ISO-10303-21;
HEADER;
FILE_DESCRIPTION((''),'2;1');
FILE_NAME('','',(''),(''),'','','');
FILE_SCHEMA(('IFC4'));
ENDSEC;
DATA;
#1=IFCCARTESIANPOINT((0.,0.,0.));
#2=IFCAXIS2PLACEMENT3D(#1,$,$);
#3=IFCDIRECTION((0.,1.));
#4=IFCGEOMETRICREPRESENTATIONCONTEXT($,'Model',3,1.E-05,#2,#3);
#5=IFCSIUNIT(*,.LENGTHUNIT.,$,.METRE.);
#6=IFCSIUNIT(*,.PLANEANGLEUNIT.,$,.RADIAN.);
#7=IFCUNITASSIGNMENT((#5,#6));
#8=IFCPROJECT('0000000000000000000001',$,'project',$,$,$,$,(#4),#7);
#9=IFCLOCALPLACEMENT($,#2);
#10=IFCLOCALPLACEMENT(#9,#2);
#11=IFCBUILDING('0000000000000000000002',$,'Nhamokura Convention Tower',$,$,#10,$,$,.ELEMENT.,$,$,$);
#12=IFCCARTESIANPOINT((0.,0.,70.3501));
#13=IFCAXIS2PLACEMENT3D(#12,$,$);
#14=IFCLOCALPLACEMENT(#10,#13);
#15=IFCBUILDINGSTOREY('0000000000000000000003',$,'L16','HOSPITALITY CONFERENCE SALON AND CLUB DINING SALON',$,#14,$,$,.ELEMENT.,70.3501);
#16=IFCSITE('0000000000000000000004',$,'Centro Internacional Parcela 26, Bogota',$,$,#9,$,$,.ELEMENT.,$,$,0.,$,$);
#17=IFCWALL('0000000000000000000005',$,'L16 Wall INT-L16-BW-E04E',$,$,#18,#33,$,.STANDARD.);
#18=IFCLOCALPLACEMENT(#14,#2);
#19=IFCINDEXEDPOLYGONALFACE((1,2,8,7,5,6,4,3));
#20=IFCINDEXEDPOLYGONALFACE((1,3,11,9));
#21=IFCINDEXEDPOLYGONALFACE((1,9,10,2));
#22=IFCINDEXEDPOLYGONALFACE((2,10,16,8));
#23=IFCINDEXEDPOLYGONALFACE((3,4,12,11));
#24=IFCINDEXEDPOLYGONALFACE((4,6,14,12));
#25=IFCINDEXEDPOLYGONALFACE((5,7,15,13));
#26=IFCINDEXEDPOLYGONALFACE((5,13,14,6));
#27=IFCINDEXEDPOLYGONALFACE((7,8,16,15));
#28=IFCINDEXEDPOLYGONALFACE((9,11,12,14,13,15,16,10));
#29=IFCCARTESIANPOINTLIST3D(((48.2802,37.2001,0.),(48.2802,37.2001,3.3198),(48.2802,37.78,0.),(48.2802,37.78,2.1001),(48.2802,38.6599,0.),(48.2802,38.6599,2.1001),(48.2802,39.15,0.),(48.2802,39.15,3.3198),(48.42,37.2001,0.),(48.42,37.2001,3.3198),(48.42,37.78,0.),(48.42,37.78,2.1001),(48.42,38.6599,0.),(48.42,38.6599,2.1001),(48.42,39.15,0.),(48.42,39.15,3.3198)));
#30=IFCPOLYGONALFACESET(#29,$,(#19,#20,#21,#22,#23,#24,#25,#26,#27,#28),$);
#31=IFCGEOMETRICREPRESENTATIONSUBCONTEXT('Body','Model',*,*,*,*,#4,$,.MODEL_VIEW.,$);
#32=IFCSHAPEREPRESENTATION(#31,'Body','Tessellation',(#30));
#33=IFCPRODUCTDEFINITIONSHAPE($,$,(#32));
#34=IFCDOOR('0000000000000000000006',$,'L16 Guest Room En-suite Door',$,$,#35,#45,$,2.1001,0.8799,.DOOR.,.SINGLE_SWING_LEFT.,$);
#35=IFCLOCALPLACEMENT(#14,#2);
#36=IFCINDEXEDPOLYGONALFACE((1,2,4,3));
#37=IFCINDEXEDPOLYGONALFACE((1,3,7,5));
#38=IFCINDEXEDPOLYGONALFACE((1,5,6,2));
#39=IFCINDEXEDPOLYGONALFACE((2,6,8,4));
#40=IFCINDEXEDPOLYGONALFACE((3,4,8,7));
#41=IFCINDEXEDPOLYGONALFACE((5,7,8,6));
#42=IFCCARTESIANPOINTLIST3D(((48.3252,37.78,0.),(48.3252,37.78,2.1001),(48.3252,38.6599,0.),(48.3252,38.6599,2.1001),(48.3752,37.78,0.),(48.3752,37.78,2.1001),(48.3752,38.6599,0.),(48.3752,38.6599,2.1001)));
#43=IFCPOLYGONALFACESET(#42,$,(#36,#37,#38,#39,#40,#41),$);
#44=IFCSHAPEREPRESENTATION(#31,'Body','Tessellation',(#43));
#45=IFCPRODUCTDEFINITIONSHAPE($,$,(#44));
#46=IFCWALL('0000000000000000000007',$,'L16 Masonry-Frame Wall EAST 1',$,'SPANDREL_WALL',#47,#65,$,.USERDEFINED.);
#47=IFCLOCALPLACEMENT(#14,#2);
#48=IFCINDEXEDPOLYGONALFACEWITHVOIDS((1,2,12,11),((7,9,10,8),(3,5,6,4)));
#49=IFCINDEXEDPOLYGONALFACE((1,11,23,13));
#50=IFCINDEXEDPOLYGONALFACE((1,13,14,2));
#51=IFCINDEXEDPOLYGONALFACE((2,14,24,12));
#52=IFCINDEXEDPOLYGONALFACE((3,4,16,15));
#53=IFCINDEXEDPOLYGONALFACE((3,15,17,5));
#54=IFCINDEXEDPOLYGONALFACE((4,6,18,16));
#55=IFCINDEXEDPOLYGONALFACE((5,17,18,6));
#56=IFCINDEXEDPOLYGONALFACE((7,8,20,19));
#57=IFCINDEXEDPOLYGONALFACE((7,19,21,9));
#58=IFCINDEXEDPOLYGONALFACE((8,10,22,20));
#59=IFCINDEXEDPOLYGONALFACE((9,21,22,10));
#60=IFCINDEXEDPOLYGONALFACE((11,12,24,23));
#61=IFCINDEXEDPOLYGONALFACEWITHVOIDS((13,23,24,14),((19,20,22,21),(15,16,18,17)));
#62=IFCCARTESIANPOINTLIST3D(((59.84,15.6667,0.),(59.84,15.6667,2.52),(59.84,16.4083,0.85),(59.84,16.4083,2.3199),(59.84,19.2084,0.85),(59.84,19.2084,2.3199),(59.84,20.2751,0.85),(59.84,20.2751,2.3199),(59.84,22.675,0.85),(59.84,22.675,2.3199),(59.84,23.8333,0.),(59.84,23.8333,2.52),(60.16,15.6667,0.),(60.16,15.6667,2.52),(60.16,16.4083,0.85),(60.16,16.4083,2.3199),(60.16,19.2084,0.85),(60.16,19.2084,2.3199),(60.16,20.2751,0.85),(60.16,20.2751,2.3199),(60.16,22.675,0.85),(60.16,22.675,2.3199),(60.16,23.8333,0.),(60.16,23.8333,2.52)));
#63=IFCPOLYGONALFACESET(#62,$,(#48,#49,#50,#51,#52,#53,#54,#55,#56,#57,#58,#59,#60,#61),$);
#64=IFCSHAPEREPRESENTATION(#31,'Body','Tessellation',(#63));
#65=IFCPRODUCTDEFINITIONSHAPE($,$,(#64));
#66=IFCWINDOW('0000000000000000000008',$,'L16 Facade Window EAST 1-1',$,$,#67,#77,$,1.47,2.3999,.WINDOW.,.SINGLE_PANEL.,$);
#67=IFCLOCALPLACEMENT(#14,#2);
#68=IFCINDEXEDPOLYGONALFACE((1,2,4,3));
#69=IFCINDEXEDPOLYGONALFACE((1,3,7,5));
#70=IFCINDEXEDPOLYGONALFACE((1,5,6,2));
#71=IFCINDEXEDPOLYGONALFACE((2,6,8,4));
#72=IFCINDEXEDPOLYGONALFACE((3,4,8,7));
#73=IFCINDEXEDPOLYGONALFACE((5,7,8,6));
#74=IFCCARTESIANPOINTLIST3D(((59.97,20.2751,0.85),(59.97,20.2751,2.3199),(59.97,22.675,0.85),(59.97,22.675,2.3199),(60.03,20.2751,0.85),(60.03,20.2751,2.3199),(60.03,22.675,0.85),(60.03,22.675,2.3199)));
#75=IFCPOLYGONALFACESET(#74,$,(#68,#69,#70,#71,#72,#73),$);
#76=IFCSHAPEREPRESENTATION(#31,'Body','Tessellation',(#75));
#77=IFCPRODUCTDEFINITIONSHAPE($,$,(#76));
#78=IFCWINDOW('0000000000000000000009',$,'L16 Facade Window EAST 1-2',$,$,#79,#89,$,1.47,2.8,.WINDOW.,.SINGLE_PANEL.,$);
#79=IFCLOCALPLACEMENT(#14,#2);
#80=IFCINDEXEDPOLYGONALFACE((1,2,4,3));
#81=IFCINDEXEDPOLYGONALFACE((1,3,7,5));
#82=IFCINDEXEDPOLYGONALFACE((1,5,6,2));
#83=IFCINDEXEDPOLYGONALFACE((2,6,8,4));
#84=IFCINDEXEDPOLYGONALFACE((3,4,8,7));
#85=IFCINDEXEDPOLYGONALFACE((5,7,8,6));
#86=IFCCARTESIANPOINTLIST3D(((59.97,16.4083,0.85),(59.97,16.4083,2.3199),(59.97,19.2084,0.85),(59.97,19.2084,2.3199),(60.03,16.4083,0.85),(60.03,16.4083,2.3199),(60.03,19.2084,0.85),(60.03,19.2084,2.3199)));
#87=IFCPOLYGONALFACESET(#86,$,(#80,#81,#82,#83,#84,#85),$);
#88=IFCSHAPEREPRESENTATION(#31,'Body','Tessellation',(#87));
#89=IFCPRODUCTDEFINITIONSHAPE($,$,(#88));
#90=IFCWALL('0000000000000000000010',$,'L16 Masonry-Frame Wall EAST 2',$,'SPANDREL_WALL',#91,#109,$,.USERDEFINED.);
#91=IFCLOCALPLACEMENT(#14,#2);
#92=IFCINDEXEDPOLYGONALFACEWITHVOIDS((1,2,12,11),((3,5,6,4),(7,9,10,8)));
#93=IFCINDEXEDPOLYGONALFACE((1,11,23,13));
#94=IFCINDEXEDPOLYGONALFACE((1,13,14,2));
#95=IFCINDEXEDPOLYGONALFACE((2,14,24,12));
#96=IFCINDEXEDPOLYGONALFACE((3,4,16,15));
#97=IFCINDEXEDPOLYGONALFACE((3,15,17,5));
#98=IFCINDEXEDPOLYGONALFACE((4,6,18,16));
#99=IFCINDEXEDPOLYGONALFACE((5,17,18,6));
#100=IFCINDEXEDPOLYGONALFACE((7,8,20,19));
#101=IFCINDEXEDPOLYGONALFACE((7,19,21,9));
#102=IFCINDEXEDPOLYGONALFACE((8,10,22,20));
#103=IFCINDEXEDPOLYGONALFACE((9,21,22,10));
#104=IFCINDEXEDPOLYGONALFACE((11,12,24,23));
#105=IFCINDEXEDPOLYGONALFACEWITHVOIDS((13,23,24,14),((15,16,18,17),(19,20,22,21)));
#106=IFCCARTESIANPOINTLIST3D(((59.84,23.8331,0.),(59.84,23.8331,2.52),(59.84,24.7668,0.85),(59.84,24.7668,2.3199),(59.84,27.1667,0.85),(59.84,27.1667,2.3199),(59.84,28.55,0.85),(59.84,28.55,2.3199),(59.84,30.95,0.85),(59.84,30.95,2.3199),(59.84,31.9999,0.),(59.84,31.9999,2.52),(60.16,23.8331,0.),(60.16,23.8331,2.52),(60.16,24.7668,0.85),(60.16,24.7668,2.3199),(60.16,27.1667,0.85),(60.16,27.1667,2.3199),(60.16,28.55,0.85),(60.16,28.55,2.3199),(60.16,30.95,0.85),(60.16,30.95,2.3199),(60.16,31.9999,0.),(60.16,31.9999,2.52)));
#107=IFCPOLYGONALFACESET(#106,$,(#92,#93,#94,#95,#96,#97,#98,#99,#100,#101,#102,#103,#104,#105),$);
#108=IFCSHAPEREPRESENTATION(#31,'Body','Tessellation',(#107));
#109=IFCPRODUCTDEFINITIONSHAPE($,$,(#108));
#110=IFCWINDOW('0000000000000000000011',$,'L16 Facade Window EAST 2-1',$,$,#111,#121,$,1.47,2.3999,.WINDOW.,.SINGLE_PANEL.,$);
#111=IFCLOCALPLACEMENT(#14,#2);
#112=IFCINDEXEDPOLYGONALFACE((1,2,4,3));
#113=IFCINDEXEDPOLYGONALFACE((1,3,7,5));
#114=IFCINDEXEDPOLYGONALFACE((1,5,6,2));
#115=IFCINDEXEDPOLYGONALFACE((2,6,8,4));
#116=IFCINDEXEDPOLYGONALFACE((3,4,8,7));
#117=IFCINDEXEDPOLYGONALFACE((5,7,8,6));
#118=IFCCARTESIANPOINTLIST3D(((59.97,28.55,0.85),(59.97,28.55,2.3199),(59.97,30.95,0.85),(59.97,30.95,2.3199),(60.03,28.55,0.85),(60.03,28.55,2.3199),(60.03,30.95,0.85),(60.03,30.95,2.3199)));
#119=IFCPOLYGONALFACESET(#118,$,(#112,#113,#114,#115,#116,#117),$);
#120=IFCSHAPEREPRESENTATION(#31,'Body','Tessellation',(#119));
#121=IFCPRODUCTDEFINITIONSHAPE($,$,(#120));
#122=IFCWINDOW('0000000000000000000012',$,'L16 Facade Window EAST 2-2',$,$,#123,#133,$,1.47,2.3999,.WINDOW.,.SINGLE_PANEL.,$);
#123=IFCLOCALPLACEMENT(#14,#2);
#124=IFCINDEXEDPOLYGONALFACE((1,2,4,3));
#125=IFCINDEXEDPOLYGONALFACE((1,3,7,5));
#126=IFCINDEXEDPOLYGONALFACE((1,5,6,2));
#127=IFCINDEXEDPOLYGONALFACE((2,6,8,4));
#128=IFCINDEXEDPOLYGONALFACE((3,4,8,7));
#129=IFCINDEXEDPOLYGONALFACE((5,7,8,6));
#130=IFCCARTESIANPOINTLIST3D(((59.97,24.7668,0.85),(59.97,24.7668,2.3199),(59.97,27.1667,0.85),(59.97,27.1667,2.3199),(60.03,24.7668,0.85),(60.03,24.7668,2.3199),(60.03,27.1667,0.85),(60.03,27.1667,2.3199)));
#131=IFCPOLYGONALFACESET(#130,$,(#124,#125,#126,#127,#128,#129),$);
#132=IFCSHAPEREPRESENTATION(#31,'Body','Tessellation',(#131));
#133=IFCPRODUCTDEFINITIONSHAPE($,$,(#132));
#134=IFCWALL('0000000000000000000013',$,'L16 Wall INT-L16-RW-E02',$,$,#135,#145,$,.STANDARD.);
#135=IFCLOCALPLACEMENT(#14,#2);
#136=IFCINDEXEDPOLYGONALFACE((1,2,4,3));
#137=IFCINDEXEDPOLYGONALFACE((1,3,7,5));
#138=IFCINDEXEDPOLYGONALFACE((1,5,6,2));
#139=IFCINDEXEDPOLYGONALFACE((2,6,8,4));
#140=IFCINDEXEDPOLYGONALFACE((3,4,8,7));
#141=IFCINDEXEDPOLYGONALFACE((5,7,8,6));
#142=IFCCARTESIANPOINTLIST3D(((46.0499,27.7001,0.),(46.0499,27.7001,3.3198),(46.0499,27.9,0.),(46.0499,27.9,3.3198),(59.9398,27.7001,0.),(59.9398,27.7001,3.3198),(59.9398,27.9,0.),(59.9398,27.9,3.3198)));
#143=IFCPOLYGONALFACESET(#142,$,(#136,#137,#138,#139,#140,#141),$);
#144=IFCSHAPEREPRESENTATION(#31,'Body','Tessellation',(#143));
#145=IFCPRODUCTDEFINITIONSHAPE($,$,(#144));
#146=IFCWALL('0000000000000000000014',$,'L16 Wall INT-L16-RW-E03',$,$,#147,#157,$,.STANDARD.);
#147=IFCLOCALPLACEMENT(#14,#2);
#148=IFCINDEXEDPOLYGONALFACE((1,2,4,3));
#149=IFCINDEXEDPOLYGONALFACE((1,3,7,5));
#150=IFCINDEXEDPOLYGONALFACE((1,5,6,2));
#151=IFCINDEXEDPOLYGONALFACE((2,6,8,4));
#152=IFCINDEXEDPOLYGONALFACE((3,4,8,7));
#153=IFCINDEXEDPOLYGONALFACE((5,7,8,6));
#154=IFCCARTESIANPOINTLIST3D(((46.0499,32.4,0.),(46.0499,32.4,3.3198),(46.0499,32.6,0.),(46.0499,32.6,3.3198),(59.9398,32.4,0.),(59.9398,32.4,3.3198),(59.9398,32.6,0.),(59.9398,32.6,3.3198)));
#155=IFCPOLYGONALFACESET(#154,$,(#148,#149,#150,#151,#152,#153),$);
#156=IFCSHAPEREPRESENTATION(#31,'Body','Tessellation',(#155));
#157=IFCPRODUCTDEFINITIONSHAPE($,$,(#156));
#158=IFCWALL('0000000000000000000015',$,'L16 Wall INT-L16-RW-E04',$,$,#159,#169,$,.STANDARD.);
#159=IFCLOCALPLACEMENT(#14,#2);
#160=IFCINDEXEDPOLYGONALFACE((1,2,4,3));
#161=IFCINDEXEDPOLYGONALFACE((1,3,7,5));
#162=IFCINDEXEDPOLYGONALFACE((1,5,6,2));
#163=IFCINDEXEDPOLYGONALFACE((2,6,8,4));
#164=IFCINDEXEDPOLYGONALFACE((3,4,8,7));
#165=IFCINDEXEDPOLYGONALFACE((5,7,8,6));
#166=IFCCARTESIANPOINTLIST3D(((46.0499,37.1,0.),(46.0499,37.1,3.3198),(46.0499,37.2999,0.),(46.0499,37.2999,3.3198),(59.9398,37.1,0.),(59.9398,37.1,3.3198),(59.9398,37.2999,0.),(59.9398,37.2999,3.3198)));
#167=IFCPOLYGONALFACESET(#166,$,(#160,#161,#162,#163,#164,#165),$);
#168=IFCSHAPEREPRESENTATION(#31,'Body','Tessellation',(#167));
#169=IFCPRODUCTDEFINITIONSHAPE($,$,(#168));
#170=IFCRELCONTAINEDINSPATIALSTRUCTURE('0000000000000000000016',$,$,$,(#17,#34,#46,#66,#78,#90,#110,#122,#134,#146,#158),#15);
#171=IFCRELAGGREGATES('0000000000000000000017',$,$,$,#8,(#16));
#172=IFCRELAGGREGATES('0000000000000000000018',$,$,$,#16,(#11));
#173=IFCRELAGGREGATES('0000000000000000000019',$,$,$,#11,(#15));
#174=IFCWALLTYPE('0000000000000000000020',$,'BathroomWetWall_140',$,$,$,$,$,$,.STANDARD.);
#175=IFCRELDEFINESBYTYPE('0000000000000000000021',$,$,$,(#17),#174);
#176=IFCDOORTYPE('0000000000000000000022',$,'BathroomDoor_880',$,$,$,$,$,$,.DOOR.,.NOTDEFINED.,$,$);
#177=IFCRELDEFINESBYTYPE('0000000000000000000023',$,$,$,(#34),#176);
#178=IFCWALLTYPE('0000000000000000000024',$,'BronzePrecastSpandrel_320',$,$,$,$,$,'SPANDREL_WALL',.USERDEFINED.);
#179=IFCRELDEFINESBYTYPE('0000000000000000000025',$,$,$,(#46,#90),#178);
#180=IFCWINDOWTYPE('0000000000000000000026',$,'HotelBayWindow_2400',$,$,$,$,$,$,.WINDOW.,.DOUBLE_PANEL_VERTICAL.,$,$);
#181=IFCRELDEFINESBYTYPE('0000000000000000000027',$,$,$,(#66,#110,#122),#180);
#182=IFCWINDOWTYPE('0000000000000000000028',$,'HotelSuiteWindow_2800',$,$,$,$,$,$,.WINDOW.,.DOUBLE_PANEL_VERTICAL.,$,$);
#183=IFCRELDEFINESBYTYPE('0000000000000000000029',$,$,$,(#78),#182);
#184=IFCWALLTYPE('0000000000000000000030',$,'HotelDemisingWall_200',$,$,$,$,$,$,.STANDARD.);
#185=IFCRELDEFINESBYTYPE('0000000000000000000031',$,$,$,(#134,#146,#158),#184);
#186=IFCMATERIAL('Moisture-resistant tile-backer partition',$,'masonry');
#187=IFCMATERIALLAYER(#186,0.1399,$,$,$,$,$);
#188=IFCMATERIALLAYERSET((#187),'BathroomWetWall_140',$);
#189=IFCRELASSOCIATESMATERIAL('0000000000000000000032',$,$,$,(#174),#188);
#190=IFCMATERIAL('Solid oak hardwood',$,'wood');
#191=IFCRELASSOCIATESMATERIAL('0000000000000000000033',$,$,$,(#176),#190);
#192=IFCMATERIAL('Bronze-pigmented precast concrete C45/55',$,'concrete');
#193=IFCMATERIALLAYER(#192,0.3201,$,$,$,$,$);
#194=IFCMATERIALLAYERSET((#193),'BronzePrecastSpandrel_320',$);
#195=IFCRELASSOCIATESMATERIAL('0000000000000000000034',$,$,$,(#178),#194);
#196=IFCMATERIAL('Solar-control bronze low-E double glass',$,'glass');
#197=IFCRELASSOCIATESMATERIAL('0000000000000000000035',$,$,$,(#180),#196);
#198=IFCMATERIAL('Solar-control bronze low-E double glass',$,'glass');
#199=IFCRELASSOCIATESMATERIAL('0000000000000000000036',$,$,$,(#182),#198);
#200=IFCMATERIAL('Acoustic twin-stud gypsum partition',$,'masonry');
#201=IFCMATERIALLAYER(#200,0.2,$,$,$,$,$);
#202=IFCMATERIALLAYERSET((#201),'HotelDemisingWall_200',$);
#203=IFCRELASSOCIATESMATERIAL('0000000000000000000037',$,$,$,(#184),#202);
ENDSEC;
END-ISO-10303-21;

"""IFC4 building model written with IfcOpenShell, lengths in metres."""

from ifc_helpers import new_model, si_unit, direction, frame, frame_2d, origin, place, context, subcontext, project, spatial, rectangle, extrude, material, layer, layer_set, type_object, element, fill, save


model = new_model("IFC4")

# Units and contexts
model_context = context("Model", 3, precision=1e-05, world=origin(), true_north=direction((0.0, 1.0)))
body_context = subcontext(model_context, "Body", "Model", "MODEL_VIEW")
ifc_project = project(units=[si_unit("LENGTHUNIT", "METRE"), si_unit("PLANEANGLEUNIT", "RADIAN")], contexts=[model_context])

# Site, building, storey
site_placement = place(None, origin())
site = spatial("IfcSite", under=ifc_project, at=site_placement, Name="Centro Internacional Parcela 26, Bogota", CompositionType="ELEMENT", RefElevation=0.0)
building_placement = place(site_placement, origin())
building = spatial("IfcBuilding", under=site, at=building_placement, Name="Nhamokura Convention Tower", CompositionType="ELEMENT")
storey_placement = place(building_placement, frame((0.0, 0.0, 70.3501)))
storey = spatial("IfcBuildingStorey", under=building, at=storey_placement, Name="L16", Description="HOSPITALITY CONFERENCE SALON AND CLUB DINING SALON", CompositionType="ELEMENT", Elevation=70.3501)

# Shared definitions
ifc_material_1 = material(Name="Moisture-resistant tile-backer partition", Category="masonry")
ifc_layer_1 = layer(ifc_material_1, 0.1399)
ifc_layer_set_1 = layer_set([ifc_layer_1], Name="BathroomWetWall_140")
wall_type_1 = type_object("IfcWallType", Name="BathroomWetWall_140", PredefinedType="STANDARD", material=ifc_layer_set_1)

# Wall, opening, door
ifc_material_2 = material(Name="Solid oak hardwood", Category="wood")
door_type_1 = type_object("IfcDoorType", Name="BathroomDoor_880", OperationType="NOTDEFINED", PredefinedType="DOOR", material=ifc_material_2)
wall_1_placement = place(storey_placement, frame((48.3501, 37.2, 0.0), z_axis=(0.0, 0.0, 1.0), x_axis=(0.0, 1.0, 0.0)))
wall_1 = element("IfcWall", 1, at=wall_1_placement, inside=storey, type_object=wall_type_1, Name="L16 Wall INT-L16-BW-E04E", PredefinedType="STANDARD", context=body_context, shape_type="SweptSolid", body=[
    extrude(rectangle(XDim=1.95, YDim=0.1399, at=frame_2d((0.9751, 0.0))), origin(), (0.0, 0.0, 1.0), 3.3198),
])
opening_1_placement = place(wall_1_placement, frame((0.5801, 0.0, 0.0)))
opening_1 = element("IfcOpeningElement", 2, at=opening_1_placement, cuts=wall_1, PredefinedType="OPENING", context=body_context, shape_type="SweptSolid", body=[
    extrude(rectangle(XDim=0.8799, YDim=2.1001, at=frame_2d((0.4399, 1.05))), frame((0.0, 0.0798, 0.0), z_axis=(0.0, -1.0, 0.0), x_axis=(1.0, 0.0, 0.0)), (0.0, 0.0, 1.0), 0.1599),
])
door_1_placement = place(opening_1_placement, origin())
door_1 = element("IfcDoor", 3, at=door_1_placement, inside=storey, type_object=door_type_1, Name="L16 Guest Room En-suite Door", OperationType="SINGLE_SWING_LEFT", OverallHeight=2.1001, OverallWidth=0.8799, PredefinedType="DOOR", context=body_context, shape_type="SweptSolid", body=[
    extrude(rectangle(XDim=0.8799, YDim=2.1001, at=frame_2d((0.4399, 1.05))), frame((0.0, 0.0249, 0.0), z_axis=(0.0, -1.0, 0.0), x_axis=(1.0, 0.0, 0.0)), (0.0, 0.0, 1.0), 0.05),
])
fill(opening_1, door_1)

# Walls, openings, windows
ifc_material_3 = material(Name="Bronze-pigmented precast concrete C45/55", Category="concrete")
ifc_layer_2 = layer(ifc_material_3, 0.3201)
ifc_layer_set_2 = layer_set([ifc_layer_2], Name="BronzePrecastSpandrel_320")
wall_type_2 = type_object("IfcWallType", Name="BronzePrecastSpandrel_320", ElementType="SPANDREL_WALL", PredefinedType="USERDEFINED", material=ifc_layer_set_2)
wall_2_placement = place(storey_placement, frame((60.0, 23.8333, 0.0), z_axis=(0.0, 0.0, 1.0), x_axis=(0.0, -1.0, 0.0)))
wall_2 = element("IfcWall", 4, at=wall_2_placement, inside=storey, type_object=wall_type_2, Name="L16 Masonry-Frame Wall EAST 1", ObjectType="SPANDREL_WALL", PredefinedType="USERDEFINED", context=body_context, shape_type="SweptSolid", body=[
    extrude(rectangle(XDim=8.1665, YDim=0.3201, at=frame_2d((4.0833, 0.0))), origin(), (0.0, 0.0, 1.0), 2.52),
])
opening_2_placement = place(wall_2_placement, frame((1.1582, 0.0, 0.8501)))
opening_2 = element("IfcOpeningElement", 5, at=opening_2_placement, cuts=wall_2, PredefinedType="OPENING", context=body_context, shape_type="SweptSolid", body=[
    extrude(rectangle(XDim=2.3999, YDim=1.47, at=frame_2d((1.2, 0.7349))), frame((0.0, 0.1699, 0.0), z_axis=(0.0, -1.0, 0.0), x_axis=(1.0, 0.0, 0.0)), (0.0, 0.0, 1.0), 0.3401),
])
opening_3_placement = place(wall_2_placement, frame((4.625, 0.0, 0.8501)))
opening_3 = element("IfcOpeningElement", 6, at=opening_3_placement, cuts=wall_2, PredefinedType="OPENING", context=body_context, shape_type="SweptSolid", body=[
    extrude(rectangle(XDim=2.8, YDim=1.47, at=frame_2d((1.3999, 0.7349))), frame((0.0, 0.1699, 0.0), z_axis=(0.0, -1.0, 0.0), x_axis=(1.0, 0.0, 0.0)), (0.0, 0.0, 1.0), 0.3401),
])
ifc_material_4 = material(Name="Solar-control bronze low-E double glass", Category="glass")
window_type_1 = type_object("IfcWindowType", Name="HotelBayWindow_2400", PartitioningType="DOUBLE_PANEL_VERTICAL", PredefinedType="WINDOW", material=ifc_material_4)
window_1_placement = place(opening_2_placement, origin())
window_1 = element("IfcWindow", 7, at=window_1_placement, inside=storey, type_object=window_type_1, Name="L16 Facade Window EAST 1-1", OverallHeight=1.47, OverallWidth=2.3999, PartitioningType="SINGLE_PANEL", PredefinedType="WINDOW", context=body_context, shape_type="SweptSolid", body=[
    extrude(rectangle(XDim=2.3999, YDim=1.47, at=frame_2d((1.2, 0.7349))), frame((0.0, 0.03, 0.0), z_axis=(0.0, -1.0, 0.0), x_axis=(1.0, 0.0, 0.0)), (0.0, 0.0, 1.0), 0.0601),
])
fill(opening_2, window_1)
ifc_material_5 = material(Name="Solar-control bronze low-E double glass", Category="glass")
window_type_2 = type_object("IfcWindowType", Name="HotelSuiteWindow_2800", PartitioningType="DOUBLE_PANEL_VERTICAL", PredefinedType="WINDOW", material=ifc_material_5)
window_2_placement = place(opening_3_placement, origin())
window_2 = element("IfcWindow", 8, at=window_2_placement, inside=storey, type_object=window_type_2, Name="L16 Facade Window EAST 1-2", OverallHeight=1.47, OverallWidth=2.8, PartitioningType="SINGLE_PANEL", PredefinedType="WINDOW", context=body_context, shape_type="SweptSolid", body=[
    extrude(rectangle(XDim=2.8, YDim=1.47, at=frame_2d((1.3999, 0.7349))), frame((0.0, 0.03, 0.0), z_axis=(0.0, -1.0, 0.0), x_axis=(1.0, 0.0, 0.0)), (0.0, 0.0, 1.0), 0.0601),
])
fill(opening_3, window_2)
wall_3_placement = place(storey_placement, frame((60.0, 32.0, 0.0), z_axis=(0.0, 0.0, 1.0), x_axis=(0.0, -1.0, 0.0)))
wall_3 = element("IfcWall", 9, at=wall_3_placement, inside=storey, type_object=wall_type_2, Name="L16 Masonry-Frame Wall EAST 2", ObjectType="SPANDREL_WALL", PredefinedType="USERDEFINED", context=body_context, shape_type="SweptSolid", body=[
    extrude(rectangle(XDim=8.1667, YDim=0.3201, at=frame_2d((4.0835, 0.0))), origin(), (0.0, 0.0, 1.0), 2.52),
])
opening_4_placement = place(wall_3_placement, frame((1.05, 0.0, 0.8501)))
opening_4 = element("IfcOpeningElement", 10, at=opening_4_placement, cuts=wall_3, PredefinedType="OPENING", context=body_context, shape_type="SweptSolid", body=[
    extrude(rectangle(XDim=2.3999, YDim=1.47, at=frame_2d((1.2, 0.7349))), frame((0.0, 0.1699, 0.0), z_axis=(0.0, -1.0, 0.0), x_axis=(1.0, 0.0, 0.0)), (0.0, 0.0, 1.0), 0.3401),
])
opening_5_placement = place(wall_3_placement, frame((4.8333, 0.0, 0.8501)))
opening_5 = element("IfcOpeningElement", 11, at=opening_5_placement, cuts=wall_3, PredefinedType="OPENING", context=body_context, shape_type="SweptSolid", body=[
    extrude(rectangle(XDim=2.3999, YDim=1.47, at=frame_2d((1.2, 0.7349))), frame((0.0, 0.1699, 0.0), z_axis=(0.0, -1.0, 0.0), x_axis=(1.0, 0.0, 0.0)), (0.0, 0.0, 1.0), 0.3401),
])
window_3_placement = place(opening_4_placement, origin())
window_3 = element("IfcWindow", 12, at=window_3_placement, inside=storey, type_object=window_type_1, Name="L16 Facade Window EAST 2-1", OverallHeight=1.47, OverallWidth=2.3999, PartitioningType="SINGLE_PANEL", PredefinedType="WINDOW", context=body_context, shape_type="SweptSolid", body=[
    extrude(rectangle(XDim=2.3999, YDim=1.47, at=frame_2d((1.2, 0.7349))), frame((0.0, 0.03, 0.0), z_axis=(0.0, -1.0, 0.0), x_axis=(1.0, 0.0, 0.0)), (0.0, 0.0, 1.0), 0.0601),
])
fill(opening_4, window_3)
window_4_placement = place(opening_5_placement, origin())
window_4 = element("IfcWindow", 13, at=window_4_placement, inside=storey, type_object=window_type_1, Name="L16 Facade Window EAST 2-2", OverallHeight=1.47, OverallWidth=2.3999, PartitioningType="SINGLE_PANEL", PredefinedType="WINDOW", context=body_context, shape_type="SweptSolid", body=[
    extrude(rectangle(XDim=2.3999, YDim=1.47, at=frame_2d((1.2, 0.7349))), frame((0.0, 0.03, 0.0), z_axis=(0.0, -1.0, 0.0), x_axis=(1.0, 0.0, 0.0)), (0.0, 0.0, 1.0), 0.0601),
])
fill(opening_5, window_4)

# Walls
ifc_material_6 = material(Name="Acoustic twin-stud gypsum partition", Category="masonry")
ifc_layer_3 = layer(ifc_material_6, 0.2)
ifc_layer_set_3 = layer_set([ifc_layer_3], Name="HotelDemisingWall_200")
wall_type_3 = type_object("IfcWallType", Name="HotelDemisingWall_200", PredefinedType="STANDARD", material=ifc_layer_set_3)
for number, where, z_axis, x_axis, name in (
    (14, (46.05, 27.8, 0.0), (0.0, 0.0, 1.0), (1.0, 0.0, 0.0), "L16 Wall INT-L16-RW-E02"),
    (15, (46.05, 32.5, 0.0), (0.0, 0.0, 1.0), (1.0, 0.0, 0.0), "L16 Wall INT-L16-RW-E03"),
    (16, (46.05, 37.2, 0.0), (0.0, 0.0, 1.0), (1.0, 0.0, 0.0), "L16 Wall INT-L16-RW-E04"),
):
    element("IfcWall", number, at=place(storey_placement, frame(where, z_axis=z_axis, x_axis=x_axis)), inside=storey, type_object=wall_type_3, Name=name, PredefinedType="STANDARD", context=body_context, shape_type="SweptSolid", body=[
        extrude(rectangle(XDim=13.8899, YDim=0.2, at=frame_2d((6.9448, 0.0))), origin(), (0.0, 0.0, 1.0), 3.3198),
    ])

save(model, "model.ifc")
